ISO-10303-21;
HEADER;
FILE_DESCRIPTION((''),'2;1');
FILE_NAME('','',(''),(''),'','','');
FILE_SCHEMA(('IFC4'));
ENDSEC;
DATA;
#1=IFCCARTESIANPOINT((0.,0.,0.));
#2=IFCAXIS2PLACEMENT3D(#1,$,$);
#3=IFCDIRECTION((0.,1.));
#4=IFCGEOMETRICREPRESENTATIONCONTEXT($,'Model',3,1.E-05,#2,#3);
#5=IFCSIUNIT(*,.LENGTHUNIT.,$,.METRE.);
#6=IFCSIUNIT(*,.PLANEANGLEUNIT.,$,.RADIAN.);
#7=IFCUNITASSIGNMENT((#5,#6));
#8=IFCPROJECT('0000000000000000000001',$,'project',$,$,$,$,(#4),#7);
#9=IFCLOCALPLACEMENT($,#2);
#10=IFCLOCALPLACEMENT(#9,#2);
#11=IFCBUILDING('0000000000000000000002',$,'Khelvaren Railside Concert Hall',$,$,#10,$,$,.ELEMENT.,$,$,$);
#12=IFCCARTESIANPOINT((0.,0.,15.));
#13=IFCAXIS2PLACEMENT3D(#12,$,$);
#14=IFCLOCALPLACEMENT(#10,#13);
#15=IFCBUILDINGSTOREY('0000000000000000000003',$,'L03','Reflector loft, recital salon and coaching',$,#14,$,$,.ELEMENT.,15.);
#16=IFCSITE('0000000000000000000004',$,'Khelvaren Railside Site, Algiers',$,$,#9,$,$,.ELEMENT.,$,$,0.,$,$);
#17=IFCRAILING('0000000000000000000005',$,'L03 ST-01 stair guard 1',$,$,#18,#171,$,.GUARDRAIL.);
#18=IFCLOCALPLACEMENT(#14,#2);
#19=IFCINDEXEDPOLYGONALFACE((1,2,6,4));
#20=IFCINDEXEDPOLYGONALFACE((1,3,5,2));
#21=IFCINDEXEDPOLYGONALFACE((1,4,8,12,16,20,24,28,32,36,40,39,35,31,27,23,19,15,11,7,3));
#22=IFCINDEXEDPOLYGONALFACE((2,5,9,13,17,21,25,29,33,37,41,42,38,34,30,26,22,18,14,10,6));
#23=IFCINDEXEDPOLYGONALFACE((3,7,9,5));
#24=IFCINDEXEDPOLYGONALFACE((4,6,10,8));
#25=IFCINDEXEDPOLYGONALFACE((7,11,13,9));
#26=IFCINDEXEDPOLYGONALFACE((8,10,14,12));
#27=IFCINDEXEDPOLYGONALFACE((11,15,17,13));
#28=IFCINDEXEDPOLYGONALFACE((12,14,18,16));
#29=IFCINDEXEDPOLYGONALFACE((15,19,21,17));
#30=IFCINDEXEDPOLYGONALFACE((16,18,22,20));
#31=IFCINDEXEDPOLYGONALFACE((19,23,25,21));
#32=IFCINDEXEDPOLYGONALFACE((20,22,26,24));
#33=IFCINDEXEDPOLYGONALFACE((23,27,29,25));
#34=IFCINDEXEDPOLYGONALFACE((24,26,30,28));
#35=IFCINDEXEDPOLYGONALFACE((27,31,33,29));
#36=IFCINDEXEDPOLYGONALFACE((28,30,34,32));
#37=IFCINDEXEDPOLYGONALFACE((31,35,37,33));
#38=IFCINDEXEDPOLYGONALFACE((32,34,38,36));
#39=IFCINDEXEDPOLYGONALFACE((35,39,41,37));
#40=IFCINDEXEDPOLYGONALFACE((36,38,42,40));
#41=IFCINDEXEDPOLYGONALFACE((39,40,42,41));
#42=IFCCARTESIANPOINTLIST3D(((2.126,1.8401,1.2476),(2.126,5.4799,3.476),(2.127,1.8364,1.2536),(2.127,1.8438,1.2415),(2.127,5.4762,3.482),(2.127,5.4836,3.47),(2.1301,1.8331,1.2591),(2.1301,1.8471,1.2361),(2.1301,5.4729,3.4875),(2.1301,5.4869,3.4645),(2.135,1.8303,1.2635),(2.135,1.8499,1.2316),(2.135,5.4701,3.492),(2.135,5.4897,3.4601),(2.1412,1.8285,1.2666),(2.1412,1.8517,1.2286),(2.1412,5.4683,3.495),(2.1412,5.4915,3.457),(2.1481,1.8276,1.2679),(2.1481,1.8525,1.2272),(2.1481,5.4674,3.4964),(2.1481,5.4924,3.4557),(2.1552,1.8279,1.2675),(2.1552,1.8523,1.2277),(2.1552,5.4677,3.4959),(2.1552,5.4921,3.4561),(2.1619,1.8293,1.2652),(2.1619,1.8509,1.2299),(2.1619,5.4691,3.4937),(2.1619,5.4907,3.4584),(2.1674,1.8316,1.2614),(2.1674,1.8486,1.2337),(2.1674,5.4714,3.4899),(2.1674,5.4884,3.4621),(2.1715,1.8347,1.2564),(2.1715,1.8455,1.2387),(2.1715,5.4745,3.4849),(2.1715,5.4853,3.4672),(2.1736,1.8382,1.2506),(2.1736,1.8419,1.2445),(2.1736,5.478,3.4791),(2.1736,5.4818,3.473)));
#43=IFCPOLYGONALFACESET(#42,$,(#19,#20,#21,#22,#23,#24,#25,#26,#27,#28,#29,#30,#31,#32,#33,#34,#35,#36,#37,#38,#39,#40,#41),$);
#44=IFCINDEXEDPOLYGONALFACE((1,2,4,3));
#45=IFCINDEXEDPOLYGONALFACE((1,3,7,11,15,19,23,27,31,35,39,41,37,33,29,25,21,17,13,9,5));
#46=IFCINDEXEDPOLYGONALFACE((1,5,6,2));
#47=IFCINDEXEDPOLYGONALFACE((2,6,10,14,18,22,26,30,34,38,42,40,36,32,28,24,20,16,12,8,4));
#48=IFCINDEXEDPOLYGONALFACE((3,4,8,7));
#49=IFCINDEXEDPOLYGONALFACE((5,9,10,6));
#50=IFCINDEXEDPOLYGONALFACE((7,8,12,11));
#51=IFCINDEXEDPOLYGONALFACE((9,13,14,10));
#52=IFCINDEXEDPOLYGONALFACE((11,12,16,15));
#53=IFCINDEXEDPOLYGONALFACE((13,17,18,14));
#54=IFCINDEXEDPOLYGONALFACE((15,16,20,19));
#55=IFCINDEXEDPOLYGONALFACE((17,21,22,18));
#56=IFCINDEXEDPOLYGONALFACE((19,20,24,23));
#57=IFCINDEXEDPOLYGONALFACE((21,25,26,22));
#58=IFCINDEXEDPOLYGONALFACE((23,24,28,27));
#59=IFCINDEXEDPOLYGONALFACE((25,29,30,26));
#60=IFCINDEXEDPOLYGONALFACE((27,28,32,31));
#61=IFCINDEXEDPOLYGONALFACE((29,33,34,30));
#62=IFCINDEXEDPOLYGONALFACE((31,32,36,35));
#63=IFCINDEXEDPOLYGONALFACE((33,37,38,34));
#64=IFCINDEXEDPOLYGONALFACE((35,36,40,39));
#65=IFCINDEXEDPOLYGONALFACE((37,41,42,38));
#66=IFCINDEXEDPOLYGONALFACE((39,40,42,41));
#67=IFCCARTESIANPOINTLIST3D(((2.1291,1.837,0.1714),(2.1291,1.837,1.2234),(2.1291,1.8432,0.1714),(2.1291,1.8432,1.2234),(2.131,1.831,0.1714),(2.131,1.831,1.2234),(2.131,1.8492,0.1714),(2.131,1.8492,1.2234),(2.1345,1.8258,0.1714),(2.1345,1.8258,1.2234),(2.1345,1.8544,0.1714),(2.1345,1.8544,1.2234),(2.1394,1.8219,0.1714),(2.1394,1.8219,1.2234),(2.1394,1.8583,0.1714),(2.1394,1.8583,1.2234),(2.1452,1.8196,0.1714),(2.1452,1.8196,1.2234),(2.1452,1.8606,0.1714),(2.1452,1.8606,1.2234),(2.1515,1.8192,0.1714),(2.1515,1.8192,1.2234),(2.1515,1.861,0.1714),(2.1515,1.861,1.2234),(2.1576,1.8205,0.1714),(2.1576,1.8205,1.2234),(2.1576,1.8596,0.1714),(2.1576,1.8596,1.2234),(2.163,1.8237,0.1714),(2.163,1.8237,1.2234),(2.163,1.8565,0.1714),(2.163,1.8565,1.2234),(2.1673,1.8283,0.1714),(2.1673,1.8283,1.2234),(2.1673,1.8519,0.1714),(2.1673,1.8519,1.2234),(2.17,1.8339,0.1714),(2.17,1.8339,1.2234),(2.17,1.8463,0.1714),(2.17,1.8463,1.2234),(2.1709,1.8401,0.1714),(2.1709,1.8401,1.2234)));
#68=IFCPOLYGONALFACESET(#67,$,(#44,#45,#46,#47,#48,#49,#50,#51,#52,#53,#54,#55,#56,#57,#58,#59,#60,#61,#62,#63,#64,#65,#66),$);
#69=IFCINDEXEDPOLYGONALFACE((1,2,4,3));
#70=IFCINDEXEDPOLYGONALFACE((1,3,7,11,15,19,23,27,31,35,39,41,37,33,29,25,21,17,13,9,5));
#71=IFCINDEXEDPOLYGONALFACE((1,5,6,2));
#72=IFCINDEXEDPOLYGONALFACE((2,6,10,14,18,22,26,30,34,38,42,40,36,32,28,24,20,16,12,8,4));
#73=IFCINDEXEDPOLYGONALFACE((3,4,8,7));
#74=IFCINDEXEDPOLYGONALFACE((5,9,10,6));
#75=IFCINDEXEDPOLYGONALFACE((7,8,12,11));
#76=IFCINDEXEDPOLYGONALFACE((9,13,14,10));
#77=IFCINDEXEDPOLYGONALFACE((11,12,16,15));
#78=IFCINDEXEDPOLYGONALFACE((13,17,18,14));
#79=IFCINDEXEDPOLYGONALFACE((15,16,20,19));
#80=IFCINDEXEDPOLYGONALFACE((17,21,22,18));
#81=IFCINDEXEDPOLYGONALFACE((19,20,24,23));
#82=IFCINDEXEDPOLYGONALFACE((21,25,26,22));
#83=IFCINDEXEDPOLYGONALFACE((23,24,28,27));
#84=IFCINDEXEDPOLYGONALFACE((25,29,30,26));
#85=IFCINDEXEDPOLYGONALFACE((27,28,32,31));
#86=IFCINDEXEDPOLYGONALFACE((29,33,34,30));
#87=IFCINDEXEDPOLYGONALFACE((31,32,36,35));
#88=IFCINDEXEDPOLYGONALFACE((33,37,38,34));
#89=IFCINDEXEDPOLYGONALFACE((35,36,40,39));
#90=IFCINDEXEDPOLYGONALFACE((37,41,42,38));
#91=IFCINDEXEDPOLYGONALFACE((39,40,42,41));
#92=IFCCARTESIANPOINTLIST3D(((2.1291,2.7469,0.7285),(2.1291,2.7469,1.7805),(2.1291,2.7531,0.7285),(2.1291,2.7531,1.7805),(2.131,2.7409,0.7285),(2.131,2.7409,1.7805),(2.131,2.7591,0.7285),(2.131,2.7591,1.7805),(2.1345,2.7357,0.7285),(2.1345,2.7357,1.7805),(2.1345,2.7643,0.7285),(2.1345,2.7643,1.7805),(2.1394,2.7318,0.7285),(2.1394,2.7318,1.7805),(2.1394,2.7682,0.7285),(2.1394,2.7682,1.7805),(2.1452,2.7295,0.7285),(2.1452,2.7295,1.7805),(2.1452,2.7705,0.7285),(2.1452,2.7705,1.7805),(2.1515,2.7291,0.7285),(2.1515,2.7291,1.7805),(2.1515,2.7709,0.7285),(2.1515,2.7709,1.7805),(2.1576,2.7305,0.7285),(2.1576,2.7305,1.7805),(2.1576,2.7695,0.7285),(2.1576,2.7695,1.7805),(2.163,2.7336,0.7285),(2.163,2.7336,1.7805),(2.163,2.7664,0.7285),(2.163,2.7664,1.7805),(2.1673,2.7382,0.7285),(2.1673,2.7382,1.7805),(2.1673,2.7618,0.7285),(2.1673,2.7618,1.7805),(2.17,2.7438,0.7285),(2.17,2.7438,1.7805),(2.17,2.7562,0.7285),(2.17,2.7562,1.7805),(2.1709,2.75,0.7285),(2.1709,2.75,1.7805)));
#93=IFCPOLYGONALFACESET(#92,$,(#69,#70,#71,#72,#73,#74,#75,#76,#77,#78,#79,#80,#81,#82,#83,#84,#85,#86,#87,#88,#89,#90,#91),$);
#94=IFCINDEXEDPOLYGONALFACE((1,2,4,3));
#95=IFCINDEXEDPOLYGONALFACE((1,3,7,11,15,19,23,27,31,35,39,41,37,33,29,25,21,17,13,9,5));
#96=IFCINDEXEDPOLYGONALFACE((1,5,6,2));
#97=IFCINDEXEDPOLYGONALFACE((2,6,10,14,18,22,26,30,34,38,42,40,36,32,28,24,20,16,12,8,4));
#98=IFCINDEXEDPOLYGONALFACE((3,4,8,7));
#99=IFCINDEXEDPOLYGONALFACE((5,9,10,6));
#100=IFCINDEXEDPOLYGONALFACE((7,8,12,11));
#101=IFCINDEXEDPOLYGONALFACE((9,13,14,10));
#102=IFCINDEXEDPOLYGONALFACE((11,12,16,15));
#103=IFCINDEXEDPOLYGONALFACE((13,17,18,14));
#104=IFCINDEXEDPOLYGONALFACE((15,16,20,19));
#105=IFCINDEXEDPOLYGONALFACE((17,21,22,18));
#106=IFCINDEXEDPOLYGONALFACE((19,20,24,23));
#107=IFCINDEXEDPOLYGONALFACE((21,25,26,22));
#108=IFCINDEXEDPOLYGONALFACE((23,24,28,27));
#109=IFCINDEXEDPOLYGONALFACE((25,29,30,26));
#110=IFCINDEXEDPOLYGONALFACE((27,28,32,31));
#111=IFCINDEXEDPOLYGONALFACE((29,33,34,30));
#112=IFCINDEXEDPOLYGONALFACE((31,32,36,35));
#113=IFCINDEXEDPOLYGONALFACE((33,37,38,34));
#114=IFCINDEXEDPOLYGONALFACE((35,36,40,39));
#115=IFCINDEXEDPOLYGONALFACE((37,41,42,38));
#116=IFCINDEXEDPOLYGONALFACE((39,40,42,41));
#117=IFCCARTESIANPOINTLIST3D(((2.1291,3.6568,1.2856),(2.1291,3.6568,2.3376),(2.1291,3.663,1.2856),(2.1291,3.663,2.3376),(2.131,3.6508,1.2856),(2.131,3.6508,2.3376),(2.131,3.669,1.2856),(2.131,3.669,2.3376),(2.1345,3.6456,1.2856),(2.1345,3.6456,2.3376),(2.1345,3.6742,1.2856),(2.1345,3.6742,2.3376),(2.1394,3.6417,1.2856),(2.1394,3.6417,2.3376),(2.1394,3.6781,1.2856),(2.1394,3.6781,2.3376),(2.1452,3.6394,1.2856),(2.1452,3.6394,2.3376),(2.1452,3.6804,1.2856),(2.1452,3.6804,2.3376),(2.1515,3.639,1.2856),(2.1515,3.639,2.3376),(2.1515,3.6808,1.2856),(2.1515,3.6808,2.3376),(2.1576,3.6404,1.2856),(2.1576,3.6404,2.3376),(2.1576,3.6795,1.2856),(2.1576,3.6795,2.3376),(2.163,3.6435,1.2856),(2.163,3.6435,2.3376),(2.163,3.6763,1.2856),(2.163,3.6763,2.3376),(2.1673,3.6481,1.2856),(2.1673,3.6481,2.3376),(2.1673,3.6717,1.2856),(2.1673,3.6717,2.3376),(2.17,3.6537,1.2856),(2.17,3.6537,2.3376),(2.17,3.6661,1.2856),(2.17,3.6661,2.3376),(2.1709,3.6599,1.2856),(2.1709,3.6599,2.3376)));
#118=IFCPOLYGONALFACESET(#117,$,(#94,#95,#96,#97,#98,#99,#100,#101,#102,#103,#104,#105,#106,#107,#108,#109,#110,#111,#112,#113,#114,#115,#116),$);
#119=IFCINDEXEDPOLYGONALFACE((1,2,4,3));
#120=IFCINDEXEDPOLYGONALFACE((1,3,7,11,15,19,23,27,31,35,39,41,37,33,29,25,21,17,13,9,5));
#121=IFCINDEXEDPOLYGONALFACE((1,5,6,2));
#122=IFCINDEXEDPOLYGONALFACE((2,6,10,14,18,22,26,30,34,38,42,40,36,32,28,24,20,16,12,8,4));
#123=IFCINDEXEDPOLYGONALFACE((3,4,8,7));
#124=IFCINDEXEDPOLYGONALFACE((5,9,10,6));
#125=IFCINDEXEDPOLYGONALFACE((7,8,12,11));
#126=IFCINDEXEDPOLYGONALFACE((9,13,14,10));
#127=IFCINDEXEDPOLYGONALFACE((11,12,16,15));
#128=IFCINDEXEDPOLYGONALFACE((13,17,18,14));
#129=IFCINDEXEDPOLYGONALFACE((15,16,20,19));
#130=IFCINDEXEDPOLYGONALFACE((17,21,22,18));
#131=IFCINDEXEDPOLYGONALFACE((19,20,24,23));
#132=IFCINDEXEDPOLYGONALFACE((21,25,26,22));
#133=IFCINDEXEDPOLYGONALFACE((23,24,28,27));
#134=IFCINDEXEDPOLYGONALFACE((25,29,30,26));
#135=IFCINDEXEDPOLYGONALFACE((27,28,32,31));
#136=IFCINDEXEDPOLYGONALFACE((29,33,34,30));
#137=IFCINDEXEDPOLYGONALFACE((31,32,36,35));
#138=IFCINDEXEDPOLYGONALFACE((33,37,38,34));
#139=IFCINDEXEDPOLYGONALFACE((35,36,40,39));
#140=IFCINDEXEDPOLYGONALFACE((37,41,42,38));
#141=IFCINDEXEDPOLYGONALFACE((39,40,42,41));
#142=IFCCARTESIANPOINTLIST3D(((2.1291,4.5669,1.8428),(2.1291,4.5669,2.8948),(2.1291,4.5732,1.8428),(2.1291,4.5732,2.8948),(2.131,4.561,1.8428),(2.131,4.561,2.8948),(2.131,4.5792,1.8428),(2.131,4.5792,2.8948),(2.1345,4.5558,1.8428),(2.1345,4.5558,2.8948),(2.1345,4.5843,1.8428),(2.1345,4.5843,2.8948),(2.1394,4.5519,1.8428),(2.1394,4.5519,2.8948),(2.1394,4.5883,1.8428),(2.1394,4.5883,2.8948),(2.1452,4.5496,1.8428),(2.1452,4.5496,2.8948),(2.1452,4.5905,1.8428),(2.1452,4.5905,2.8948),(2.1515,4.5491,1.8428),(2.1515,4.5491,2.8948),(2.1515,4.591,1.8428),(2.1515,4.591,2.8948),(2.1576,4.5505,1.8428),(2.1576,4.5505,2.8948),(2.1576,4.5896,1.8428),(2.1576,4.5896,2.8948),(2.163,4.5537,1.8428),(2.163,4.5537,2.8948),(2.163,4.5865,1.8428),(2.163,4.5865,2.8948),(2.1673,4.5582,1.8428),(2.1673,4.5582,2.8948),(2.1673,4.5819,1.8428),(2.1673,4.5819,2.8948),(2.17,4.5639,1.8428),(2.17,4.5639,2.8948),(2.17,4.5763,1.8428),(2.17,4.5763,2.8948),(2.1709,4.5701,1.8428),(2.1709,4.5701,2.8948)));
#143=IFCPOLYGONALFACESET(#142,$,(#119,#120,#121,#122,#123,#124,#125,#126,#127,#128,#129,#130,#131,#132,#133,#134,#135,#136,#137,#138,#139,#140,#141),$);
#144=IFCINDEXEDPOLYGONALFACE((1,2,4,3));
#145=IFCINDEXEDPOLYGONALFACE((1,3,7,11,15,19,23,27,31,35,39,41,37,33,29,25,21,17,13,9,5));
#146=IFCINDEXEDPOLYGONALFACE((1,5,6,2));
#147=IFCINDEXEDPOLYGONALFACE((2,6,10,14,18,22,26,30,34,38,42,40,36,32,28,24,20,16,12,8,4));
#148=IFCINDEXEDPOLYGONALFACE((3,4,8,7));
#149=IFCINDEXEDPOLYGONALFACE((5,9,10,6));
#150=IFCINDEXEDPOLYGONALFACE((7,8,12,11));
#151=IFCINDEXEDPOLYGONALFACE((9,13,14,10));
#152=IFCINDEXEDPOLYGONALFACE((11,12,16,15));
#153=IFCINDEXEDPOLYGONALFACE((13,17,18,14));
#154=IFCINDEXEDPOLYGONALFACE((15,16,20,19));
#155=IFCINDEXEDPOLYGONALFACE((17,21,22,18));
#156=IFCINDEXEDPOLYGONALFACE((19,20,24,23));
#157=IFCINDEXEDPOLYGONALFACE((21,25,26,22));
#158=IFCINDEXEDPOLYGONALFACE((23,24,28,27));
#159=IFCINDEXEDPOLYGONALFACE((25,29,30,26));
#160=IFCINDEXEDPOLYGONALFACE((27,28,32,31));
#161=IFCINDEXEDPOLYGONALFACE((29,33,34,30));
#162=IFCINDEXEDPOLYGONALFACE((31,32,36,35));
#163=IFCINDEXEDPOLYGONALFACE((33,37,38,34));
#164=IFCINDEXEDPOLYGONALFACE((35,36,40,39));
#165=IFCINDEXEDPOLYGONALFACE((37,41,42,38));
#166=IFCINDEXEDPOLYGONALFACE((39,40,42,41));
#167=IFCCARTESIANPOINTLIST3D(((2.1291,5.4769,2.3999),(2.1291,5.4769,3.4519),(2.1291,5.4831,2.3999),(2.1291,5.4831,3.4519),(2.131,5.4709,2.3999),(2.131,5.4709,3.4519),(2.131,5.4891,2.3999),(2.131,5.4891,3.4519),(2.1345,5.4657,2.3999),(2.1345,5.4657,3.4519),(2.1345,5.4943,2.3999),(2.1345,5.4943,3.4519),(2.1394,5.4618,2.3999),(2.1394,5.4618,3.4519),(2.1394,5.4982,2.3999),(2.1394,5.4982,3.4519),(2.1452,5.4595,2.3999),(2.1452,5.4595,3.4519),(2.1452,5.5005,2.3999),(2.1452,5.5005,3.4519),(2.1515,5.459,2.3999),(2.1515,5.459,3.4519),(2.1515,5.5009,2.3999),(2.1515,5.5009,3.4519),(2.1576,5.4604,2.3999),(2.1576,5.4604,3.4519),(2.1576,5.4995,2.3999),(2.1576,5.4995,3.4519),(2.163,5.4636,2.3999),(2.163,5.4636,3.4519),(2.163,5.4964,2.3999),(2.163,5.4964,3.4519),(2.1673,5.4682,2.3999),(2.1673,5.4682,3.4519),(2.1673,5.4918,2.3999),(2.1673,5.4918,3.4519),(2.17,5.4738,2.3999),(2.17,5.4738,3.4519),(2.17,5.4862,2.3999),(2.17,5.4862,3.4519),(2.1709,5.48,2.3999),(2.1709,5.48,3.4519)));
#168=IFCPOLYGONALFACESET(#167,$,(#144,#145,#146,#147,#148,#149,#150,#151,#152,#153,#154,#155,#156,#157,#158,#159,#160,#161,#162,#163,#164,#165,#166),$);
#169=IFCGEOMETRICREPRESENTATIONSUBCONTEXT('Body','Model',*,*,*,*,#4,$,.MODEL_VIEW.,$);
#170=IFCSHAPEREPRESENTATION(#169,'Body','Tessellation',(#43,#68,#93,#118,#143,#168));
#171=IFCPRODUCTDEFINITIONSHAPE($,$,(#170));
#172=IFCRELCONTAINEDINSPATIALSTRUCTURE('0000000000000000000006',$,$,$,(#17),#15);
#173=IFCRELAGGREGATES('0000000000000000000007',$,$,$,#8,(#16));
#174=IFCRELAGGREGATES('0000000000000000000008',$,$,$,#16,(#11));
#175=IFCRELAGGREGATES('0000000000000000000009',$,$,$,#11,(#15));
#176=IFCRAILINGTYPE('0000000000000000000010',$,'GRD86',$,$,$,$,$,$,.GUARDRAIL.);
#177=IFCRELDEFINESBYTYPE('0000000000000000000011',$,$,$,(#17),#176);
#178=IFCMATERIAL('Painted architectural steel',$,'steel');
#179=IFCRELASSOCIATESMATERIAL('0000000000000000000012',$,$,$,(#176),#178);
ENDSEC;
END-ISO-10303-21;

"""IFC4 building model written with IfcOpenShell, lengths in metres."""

from ifc_helpers import new_model, si_unit, direction, frame, origin, origin_2d, place, context, subcontext, project, spatial, circle, extrude, material, type_object, element, save


model = new_model("IFC4")

# Units and contexts
model_context = context("Model", 3, precision=1e-05, world=origin(), true_north=direction((0.0, 1.0)))
body_context = subcontext(model_context, "Body", "Model", "MODEL_VIEW")
ifc_project = project(units=[si_unit("LENGTHUNIT", "METRE"), si_unit("PLANEANGLEUNIT", "RADIAN")], contexts=[model_context])

# Site, building, storey
site_placement = place(None, origin())
site = spatial("IfcSite", under=ifc_project, at=site_placement, Name="Khelvaren Railside Site, Algiers", CompositionType="ELEMENT", RefElevation=0.0)
building_placement = place(site_placement, origin())
building = spatial("IfcBuilding", under=site, at=building_placement, Name="Khelvaren Railside Concert Hall", CompositionType="ELEMENT")
storey_placement = place(building_placement, frame((0.0, 0.0, 15.0)))
storey = spatial("IfcBuildingStorey", under=building, at=storey_placement, Name="L03", Description="Reflector loft, recital salon and coaching", CompositionType="ELEMENT", Elevation=15.0)

# Railing
ifc_material_1 = material(Name="Painted architectural steel", Category="steel")
railing_type_1 = type_object("IfcRailingType", Name="GRD86", PredefinedType="GUARDRAIL", material=ifc_material_1)
railing_1_placement = place(storey_placement, frame((2.1499, 1.8401, 0.1714)))
element("IfcRailing", 1, at=railing_1_placement, inside=storey, type_object=railing_type_1, Name="L03 ST-01 stair guard 1", PredefinedType="GUARDRAIL", context=body_context, shape_type="SweptSolid", body=[
    extrude(circle(Radius=0.0239, at=origin_2d()), frame((0.0, 0.0, 1.0762), z_axis=(0.0, 0.85285, 0.522156), x_axis=(-1.0, 0.0, 0.0)), (0.0, 0.0, 1.0), 4.2678),
    extrude(circle(Radius=0.021, at=origin_2d()), origin(), (0.0, 0.0, 1.0), 1.052),
    extrude(circle(Radius=0.021, at=origin_2d()), frame((0.0, 0.9099, 0.5571)), (0.0, 0.0, 1.0), 1.052),
    extrude(circle(Radius=0.021, at=origin_2d()), frame((0.0, 1.8198, 1.1143)), (0.0, 0.0, 1.0), 1.052),
    extrude(circle(Radius=0.021, at=origin_2d()), frame((0.0, 2.73, 1.6714)), (0.0, 0.0, 1.0), 1.052),
    extrude(circle(Radius=0.021, at=origin_2d()), frame((0.0, 3.6399, 2.2285)), (0.0, 0.0, 1.0), 1.052),
])

save(model, "model.ifc")
